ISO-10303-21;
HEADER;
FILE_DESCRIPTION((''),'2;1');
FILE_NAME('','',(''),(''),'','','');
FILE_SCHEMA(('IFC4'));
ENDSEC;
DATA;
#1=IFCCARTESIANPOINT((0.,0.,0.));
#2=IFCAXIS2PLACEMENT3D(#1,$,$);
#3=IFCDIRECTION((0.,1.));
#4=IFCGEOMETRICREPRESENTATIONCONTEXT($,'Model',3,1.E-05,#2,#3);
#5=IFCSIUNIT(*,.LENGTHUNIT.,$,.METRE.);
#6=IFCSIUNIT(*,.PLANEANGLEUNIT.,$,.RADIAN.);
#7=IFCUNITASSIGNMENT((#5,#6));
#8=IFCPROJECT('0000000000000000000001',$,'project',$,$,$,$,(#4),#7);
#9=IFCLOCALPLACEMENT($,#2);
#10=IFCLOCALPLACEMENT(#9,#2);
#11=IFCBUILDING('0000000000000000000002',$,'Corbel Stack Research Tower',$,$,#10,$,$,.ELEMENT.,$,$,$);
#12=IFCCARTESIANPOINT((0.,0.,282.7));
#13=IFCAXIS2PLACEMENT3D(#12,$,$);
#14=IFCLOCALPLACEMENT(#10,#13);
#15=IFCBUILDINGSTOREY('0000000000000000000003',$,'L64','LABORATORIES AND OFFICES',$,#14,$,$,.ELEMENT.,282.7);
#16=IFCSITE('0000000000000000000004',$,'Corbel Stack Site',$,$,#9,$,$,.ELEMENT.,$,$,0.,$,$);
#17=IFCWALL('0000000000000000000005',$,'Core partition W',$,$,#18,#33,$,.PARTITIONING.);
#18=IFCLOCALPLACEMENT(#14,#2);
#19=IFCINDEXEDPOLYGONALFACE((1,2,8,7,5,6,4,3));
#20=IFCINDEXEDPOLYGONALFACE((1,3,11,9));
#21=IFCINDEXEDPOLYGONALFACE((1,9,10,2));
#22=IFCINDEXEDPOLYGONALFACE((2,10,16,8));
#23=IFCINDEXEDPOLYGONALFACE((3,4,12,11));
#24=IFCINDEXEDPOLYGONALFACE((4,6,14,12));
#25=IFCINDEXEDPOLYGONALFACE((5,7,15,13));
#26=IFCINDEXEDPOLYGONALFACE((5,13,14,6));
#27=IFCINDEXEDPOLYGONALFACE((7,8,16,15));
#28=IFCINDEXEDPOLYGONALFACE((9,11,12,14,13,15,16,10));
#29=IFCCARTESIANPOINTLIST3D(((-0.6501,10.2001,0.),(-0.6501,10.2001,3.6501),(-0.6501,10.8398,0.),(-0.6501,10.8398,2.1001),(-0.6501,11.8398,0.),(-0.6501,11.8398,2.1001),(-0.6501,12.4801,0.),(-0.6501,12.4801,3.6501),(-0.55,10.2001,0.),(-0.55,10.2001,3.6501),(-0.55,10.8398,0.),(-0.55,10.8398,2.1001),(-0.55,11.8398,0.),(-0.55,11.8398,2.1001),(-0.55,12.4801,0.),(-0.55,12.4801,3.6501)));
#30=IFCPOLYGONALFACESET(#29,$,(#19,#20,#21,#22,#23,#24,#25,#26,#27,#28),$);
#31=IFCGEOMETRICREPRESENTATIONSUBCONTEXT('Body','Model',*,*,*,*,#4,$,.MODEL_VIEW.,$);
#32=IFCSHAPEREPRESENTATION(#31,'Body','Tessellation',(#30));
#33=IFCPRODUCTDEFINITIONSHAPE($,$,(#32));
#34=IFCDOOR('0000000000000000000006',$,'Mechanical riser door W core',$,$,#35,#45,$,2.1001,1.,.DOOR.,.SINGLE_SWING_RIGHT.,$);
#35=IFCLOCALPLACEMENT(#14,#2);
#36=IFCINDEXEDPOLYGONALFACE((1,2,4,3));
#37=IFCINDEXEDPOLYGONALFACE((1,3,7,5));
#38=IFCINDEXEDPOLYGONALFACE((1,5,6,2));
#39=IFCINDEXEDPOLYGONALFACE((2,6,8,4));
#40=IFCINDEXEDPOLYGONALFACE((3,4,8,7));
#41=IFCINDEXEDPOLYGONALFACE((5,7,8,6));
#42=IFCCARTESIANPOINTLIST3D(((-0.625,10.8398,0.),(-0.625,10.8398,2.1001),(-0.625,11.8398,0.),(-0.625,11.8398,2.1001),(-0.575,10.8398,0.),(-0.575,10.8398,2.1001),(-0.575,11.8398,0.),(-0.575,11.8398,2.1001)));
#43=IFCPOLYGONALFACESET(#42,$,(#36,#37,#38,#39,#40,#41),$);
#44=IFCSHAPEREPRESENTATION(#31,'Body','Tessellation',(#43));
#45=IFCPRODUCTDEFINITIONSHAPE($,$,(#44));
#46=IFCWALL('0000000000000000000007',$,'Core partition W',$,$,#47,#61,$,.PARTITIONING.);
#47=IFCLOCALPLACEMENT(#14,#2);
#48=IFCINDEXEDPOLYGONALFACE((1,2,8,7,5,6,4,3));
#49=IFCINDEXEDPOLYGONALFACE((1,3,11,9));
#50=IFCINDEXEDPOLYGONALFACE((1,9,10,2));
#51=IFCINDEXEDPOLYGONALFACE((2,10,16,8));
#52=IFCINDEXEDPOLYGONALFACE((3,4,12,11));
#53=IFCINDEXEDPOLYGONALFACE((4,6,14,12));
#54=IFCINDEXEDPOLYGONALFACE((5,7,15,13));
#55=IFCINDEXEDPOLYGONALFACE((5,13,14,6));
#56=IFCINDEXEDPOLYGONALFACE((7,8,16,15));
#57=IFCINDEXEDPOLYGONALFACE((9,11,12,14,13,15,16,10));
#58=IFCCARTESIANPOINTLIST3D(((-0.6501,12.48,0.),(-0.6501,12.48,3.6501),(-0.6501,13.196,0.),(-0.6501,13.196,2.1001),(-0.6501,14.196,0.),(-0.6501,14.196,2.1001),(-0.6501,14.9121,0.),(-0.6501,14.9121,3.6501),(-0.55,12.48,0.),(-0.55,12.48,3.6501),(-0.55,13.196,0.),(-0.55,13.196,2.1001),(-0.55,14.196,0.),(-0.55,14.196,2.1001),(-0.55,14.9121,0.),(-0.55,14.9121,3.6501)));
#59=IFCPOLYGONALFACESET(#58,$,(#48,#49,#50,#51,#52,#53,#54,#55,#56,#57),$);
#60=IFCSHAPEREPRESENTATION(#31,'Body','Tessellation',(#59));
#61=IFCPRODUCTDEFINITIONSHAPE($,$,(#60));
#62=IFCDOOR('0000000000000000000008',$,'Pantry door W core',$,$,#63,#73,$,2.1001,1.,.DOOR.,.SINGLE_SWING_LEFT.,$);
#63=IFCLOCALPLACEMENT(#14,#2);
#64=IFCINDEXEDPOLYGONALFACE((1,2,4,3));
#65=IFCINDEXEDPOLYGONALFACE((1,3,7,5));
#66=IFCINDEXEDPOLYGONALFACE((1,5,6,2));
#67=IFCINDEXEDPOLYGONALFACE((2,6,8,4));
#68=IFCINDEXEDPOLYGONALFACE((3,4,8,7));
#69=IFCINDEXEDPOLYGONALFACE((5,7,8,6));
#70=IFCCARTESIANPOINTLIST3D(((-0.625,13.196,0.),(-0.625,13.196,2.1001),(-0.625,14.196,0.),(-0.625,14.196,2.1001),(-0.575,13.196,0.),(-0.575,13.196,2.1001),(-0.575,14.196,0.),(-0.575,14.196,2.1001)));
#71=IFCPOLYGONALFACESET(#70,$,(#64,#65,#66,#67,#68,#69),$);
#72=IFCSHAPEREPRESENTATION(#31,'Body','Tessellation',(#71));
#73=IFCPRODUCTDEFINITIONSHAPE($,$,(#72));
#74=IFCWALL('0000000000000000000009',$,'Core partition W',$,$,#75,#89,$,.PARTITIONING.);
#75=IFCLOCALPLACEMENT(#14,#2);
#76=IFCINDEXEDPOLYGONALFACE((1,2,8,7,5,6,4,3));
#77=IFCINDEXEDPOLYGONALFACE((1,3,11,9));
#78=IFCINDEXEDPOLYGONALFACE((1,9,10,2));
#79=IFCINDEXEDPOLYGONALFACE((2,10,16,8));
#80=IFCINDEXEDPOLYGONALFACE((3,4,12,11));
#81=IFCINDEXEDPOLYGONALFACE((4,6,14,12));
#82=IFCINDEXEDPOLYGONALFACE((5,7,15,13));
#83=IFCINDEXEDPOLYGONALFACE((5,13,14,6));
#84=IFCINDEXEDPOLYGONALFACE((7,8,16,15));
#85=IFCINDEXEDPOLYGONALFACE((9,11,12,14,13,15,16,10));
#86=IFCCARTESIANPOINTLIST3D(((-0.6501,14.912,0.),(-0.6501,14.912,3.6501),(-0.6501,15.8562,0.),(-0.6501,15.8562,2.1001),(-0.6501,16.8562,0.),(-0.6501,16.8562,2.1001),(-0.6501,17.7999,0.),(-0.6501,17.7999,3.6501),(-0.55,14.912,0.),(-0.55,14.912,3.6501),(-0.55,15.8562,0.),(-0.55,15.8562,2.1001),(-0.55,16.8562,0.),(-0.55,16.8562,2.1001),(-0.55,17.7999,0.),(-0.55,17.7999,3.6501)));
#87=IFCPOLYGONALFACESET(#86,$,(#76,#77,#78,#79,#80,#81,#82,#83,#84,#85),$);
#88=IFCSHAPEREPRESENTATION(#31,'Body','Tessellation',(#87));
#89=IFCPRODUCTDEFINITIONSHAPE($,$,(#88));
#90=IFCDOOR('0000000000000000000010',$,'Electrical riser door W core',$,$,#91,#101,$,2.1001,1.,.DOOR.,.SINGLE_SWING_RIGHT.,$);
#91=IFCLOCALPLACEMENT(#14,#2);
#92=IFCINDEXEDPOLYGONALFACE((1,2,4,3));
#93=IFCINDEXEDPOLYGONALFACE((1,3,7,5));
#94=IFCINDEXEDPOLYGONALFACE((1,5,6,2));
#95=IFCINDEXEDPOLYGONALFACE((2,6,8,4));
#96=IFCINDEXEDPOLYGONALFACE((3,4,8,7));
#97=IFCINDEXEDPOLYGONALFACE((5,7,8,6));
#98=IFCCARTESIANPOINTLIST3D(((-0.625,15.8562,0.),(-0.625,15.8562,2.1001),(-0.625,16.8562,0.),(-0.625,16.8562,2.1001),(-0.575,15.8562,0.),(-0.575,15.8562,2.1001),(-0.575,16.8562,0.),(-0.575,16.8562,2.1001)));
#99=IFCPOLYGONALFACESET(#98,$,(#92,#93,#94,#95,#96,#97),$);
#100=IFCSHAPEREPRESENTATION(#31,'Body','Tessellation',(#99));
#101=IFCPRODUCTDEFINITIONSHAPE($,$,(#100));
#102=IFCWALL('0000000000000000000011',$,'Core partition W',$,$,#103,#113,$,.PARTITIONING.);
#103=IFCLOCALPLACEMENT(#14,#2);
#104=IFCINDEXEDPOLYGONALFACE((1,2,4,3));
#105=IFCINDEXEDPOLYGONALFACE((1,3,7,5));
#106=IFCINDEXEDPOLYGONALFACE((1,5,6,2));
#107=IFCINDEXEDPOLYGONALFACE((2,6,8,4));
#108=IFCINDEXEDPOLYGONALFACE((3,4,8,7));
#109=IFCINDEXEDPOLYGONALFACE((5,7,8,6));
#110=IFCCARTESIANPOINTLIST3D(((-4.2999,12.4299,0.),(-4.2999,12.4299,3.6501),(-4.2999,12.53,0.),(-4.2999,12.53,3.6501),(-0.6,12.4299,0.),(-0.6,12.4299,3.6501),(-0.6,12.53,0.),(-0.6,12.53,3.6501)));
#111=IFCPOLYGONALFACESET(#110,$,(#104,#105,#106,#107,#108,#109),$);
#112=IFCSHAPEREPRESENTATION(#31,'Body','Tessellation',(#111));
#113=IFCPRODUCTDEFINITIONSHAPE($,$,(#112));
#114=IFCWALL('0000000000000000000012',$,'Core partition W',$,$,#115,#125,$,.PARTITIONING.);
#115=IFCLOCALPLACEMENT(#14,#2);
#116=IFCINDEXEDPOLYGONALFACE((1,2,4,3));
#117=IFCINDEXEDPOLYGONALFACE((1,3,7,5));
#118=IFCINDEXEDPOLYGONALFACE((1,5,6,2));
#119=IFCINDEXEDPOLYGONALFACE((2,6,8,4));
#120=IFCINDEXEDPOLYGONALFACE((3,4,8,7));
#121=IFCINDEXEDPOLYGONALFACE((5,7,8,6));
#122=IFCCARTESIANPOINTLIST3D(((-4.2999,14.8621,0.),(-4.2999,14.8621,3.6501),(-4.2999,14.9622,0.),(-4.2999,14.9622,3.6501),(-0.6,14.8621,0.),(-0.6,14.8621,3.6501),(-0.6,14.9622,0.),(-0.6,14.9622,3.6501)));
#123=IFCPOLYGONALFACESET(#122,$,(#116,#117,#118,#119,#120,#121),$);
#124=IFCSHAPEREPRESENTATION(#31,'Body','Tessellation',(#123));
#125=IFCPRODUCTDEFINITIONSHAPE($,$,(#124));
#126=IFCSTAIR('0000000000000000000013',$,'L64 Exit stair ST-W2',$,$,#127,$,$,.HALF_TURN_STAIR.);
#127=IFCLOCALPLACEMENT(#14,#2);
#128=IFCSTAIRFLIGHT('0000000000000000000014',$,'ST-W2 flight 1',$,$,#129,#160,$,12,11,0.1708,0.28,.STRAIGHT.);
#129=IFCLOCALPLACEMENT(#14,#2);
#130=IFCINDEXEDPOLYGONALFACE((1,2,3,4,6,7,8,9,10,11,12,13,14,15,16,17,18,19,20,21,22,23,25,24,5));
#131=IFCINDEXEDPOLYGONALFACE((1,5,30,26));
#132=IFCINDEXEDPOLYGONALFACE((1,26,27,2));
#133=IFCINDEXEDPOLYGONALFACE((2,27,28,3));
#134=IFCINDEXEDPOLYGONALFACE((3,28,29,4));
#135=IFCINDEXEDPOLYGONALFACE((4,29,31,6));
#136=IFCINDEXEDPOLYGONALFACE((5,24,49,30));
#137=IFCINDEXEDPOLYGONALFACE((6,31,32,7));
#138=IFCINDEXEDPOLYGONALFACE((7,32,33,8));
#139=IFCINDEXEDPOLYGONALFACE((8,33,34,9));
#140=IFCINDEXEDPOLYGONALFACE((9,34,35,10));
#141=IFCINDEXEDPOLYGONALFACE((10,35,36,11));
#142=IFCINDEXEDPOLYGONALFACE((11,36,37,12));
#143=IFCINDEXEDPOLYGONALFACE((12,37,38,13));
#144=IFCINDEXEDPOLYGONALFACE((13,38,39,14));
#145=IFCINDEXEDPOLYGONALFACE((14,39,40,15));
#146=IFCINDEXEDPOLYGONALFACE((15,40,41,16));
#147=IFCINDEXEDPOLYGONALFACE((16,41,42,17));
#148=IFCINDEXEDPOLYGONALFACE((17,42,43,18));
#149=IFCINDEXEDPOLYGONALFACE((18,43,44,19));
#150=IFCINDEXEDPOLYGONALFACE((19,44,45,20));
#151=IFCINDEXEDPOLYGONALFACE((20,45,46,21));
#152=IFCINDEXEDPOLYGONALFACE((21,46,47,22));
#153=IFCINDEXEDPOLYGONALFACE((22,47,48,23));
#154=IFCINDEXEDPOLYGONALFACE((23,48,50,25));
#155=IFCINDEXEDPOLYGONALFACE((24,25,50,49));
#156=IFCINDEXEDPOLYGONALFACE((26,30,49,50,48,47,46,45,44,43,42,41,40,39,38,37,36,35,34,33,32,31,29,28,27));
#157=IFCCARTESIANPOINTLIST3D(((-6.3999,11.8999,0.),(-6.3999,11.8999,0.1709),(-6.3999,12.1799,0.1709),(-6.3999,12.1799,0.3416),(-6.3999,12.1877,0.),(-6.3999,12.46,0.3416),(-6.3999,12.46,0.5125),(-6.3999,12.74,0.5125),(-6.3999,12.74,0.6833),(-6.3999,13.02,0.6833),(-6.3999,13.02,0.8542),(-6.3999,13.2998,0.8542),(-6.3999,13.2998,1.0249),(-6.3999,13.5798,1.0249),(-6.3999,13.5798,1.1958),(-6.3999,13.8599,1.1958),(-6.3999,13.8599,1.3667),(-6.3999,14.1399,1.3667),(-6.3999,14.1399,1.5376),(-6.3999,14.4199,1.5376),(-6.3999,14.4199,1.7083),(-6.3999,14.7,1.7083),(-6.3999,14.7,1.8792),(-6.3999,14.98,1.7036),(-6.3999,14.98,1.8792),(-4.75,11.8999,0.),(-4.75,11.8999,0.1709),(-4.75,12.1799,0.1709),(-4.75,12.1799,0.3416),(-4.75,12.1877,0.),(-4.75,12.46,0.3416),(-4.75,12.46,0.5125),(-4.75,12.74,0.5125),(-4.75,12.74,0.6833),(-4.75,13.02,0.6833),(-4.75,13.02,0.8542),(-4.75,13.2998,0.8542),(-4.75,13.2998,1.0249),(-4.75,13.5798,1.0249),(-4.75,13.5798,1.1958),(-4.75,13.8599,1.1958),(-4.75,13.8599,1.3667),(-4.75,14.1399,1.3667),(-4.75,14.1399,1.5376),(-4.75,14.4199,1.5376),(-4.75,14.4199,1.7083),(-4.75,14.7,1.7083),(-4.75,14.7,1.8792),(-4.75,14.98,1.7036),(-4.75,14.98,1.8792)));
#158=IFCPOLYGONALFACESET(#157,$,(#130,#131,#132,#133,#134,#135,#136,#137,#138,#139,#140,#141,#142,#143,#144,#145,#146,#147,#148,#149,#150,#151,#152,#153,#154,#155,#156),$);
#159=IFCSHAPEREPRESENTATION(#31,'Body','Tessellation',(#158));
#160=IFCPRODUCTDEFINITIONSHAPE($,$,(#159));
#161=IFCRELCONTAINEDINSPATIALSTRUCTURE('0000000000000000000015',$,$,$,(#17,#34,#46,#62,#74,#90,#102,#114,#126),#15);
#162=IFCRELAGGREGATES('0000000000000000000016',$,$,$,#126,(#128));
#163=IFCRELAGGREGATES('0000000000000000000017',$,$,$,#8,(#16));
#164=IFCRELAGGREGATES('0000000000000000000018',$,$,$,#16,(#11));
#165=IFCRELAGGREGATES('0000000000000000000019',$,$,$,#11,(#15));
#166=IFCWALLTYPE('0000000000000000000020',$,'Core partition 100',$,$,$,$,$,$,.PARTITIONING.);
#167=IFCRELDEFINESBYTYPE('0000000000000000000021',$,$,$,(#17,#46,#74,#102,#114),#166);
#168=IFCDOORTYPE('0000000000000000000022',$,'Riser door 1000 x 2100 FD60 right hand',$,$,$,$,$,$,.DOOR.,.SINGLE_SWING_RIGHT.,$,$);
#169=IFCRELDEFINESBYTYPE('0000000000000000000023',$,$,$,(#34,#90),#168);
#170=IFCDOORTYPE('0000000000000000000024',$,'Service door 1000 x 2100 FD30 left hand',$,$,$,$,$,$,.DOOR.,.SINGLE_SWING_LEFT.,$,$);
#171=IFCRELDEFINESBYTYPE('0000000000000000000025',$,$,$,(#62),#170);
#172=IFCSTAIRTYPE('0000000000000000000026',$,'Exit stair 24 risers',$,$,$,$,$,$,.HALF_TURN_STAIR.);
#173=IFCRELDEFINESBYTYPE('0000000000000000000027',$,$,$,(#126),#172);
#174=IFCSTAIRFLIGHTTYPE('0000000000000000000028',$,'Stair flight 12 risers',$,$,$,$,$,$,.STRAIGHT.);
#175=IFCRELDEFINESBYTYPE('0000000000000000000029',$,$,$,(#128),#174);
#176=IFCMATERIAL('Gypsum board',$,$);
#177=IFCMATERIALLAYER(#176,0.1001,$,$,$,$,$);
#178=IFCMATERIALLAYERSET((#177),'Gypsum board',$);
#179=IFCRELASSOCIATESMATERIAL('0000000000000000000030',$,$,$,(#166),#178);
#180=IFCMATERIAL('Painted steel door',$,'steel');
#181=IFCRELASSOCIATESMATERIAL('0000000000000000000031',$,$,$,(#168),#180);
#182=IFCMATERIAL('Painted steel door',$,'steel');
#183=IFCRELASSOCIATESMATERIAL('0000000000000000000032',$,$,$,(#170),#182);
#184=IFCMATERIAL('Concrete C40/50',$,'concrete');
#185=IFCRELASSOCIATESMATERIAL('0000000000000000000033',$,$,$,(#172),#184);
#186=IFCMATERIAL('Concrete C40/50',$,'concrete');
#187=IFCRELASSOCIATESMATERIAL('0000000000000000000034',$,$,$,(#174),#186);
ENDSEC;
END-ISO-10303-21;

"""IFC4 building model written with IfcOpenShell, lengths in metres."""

from ifc_helpers import new_model, si_unit, direction, frame, frame_2d, origin, place, context, subcontext, project, spatial, polyline, rectangle, outline, extrude, material, layer, layer_set, type_object, element, fill, aggregate, save


model = new_model("IFC4")

# Units and contexts
model_context = context("Model", 3, precision=1e-05, world=origin(), true_north=direction((0.0, 1.0)))
body_context = subcontext(model_context, "Body", "Model", "MODEL_VIEW")
ifc_project = project(units=[si_unit("LENGTHUNIT", "METRE"), si_unit("PLANEANGLEUNIT", "RADIAN")], contexts=[model_context])

# Site, building, storey
site_placement = place(None, origin())
site = spatial("IfcSite", under=ifc_project, at=site_placement, Name="Corbel Stack Site", CompositionType="ELEMENT", RefElevation=0.0)
building_placement = place(site_placement, origin())
building = spatial("IfcBuilding", under=site, at=building_placement, Name="Corbel Stack Research Tower", CompositionType="ELEMENT")
storey_placement = place(building_placement, frame((0.0, 0.0, 282.7)))
storey = spatial("IfcBuildingStorey", under=building, at=storey_placement, Name="L64", Description="LABORATORIES AND OFFICES", CompositionType="ELEMENT", Elevation=282.7)

# Walls, openings, doors
ifc_material_1 = material(Name="Gypsum board")
ifc_layer_1 = layer(ifc_material_1, 0.1001)
ifc_layer_set_1 = layer_set([ifc_layer_1], Name="Gypsum board")
wall_type_1 = type_object("IfcWallType", Name="Core partition 100", PredefinedType="PARTITIONING", material=ifc_layer_set_1)
wall_1_placement = place(storey_placement, frame((-0.6001, 10.2, 0.0), z_axis=(0.0, 0.0, 1.0), x_axis=(0.0, 1.0, 0.0)))
wall_1 = element("IfcWall", 1, at=wall_1_placement, inside=storey, type_object=wall_type_1, Name="Core partition W", PredefinedType="PARTITIONING", context=body_context, shape_type="SweptSolid", body=[
    extrude(rectangle(XDim=2.28, YDim=0.1001, at=frame_2d((1.1401, 0.0))), origin(), (0.0, 0.0, 1.0), 3.6501),
])
opening_1_placement = place(wall_1_placement, frame((0.6399, 0.0, 0.0)))
opening_1 = element("IfcOpeningElement", 2, at=opening_1_placement, cuts=wall_1, PredefinedType="OPENING", context=body_context, shape_type="SweptSolid", body=[
    extrude(rectangle(XDim=1.0, YDim=2.1001, at=frame_2d((0.5, 1.05))), frame((0.0, 0.0601, 0.0), z_axis=(0.0, -1.0, 0.0), x_axis=(1.0, 0.0, 0.0)), (0.0, 0.0, 1.0), 0.1201),
])
ifc_material_2 = material(Name="Painted steel door", Category="steel")
door_type_1 = type_object("IfcDoorType", Name="Riser door 1000 x 2100 FD60 right hand", OperationType="SINGLE_SWING_RIGHT", PredefinedType="DOOR", material=ifc_material_2)
door_1_placement = place(opening_1_placement, origin())
door_1 = element("IfcDoor", 3, at=door_1_placement, inside=storey, type_object=door_type_1, Name="Mechanical riser door W core", OperationType="SINGLE_SWING_RIGHT", OverallHeight=2.1001, OverallWidth=1.0, PredefinedType="DOOR", context=body_context, shape_type="SweptSolid", body=[
    extrude(rectangle(XDim=1.0, YDim=2.1001, at=frame_2d((0.5, 1.05))), frame((0.0, 0.0249, 0.0), z_axis=(0.0, -1.0, 0.0), x_axis=(1.0, 0.0, 0.0)), (0.0, 0.0, 1.0), 0.05),
])
fill(opening_1, door_1)
wall_2_placement = place(storey_placement, frame((-0.6001, 12.48, 0.0), z_axis=(0.0, 0.0, 1.0), x_axis=(0.0, 1.0, 0.0)))
wall_2 = element("IfcWall", 4, at=wall_2_placement, inside=storey, type_object=wall_type_1, Name="Core partition W", PredefinedType="PARTITIONING", context=body_context, shape_type="SweptSolid", body=[
    extrude(rectangle(XDim=2.4321, YDim=0.1001, at=frame_2d((1.2161, 0.0))), origin(), (0.0, 0.0, 1.0), 3.6501),
])
opening_2_placement = place(wall_2_placement, frame((0.7161, 0.0, 0.0)))
opening_2 = element("IfcOpeningElement", 5, at=opening_2_placement, cuts=wall_2, PredefinedType="OPENING", context=body_context, shape_type="SweptSolid", body=[
    extrude(rectangle(XDim=1.0, YDim=2.1001, at=frame_2d((0.5, 1.05))), frame((0.0, 0.0601, 0.0), z_axis=(0.0, -1.0, 0.0), x_axis=(1.0, 0.0, 0.0)), (0.0, 0.0, 1.0), 0.1201),
])
ifc_material_3 = material(Name="Painted steel door", Category="steel")
door_type_2 = type_object("IfcDoorType", Name="Service door 1000 x 2100 FD30 left hand", OperationType="SINGLE_SWING_LEFT", PredefinedType="DOOR", material=ifc_material_3)
door_2_placement = place(opening_2_placement, origin())
door_2 = element("IfcDoor", 6, at=door_2_placement, inside=storey, type_object=door_type_2, Name="Pantry door W core", OperationType="SINGLE_SWING_LEFT", OverallHeight=2.1001, OverallWidth=1.0, PredefinedType="DOOR", context=body_context, shape_type="SweptSolid", body=[
    extrude(rectangle(XDim=1.0, YDim=2.1001, at=frame_2d((0.5, 1.05))), frame((0.0, 0.0249, 0.0), z_axis=(0.0, -1.0, 0.0), x_axis=(1.0, 0.0, 0.0)), (0.0, 0.0, 1.0), 0.05),
])
fill(opening_2, door_2)
wall_3_placement = place(storey_placement, frame((-0.6001, 14.9121, 0.0), z_axis=(0.0, 0.0, 1.0), x_axis=(0.0, 1.0, 0.0)))
wall_3 = element("IfcWall", 7, at=wall_3_placement, inside=storey, type_object=wall_type_1, Name="Core partition W", PredefinedType="PARTITIONING", context=body_context, shape_type="SweptSolid", body=[
    extrude(rectangle(XDim=2.8879, YDim=0.1001, at=frame_2d((1.4438, 0.0))), origin(), (0.0, 0.0, 1.0), 3.6501),
])
opening_3_placement = place(wall_3_placement, frame((0.9441, 0.0, 0.0)))
opening_3 = element("IfcOpeningElement", 8, at=opening_3_placement, cuts=wall_3, PredefinedType="OPENING", context=body_context, shape_type="SweptSolid", body=[
    extrude(rectangle(XDim=1.0, YDim=2.1001, at=frame_2d((0.5, 1.05))), frame((0.0, 0.0601, 0.0), z_axis=(0.0, -1.0, 0.0), x_axis=(1.0, 0.0, 0.0)), (0.0, 0.0, 1.0), 0.1201),
])
door_3_placement = place(opening_3_placement, origin())
door_3 = element("IfcDoor", 9, at=door_3_placement, inside=storey, type_object=door_type_1, Name="Electrical riser door W core", OperationType="SINGLE_SWING_RIGHT", OverallHeight=2.1001, OverallWidth=1.0, PredefinedType="DOOR", context=body_context, shape_type="SweptSolid", body=[
    extrude(rectangle(XDim=1.0, YDim=2.1001, at=frame_2d((0.5, 1.05))), frame((0.0, 0.0249, 0.0), z_axis=(0.0, -1.0, 0.0), x_axis=(1.0, 0.0, 0.0)), (0.0, 0.0, 1.0), 0.05),
])
fill(opening_3, door_3)

# Walls
for number, where, z_axis, x_axis, name in (
    (10, (-4.3, 12.48, 0.0), (0.0, 0.0, 1.0), (1.0, 0.0, 0.0), "Core partition W"),
    (11, (-4.3, 14.9121, 0.0), (0.0, 0.0, 1.0), (1.0, 0.0, 0.0), "Core partition W"),
):
    element("IfcWall", number, at=place(storey_placement, frame(where, z_axis=z_axis, x_axis=x_axis)), inside=storey, type_object=wall_type_1, Name=name, PredefinedType="PARTITIONING", context=body_context, shape_type="SweptSolid", body=[
        extrude(rectangle(XDim=3.7, YDim=0.1001, at=frame_2d((1.8501, 0.0))), origin(), (0.0, 0.0, 1.0), 3.6501),
    ])

# Stair, stair flight
ifc_material_4 = material(Name="Concrete C40/50", Category="concrete")
stair_type = type_object("IfcStairType", Name="Exit stair 24 risers", PredefinedType="HALF_TURN_STAIR", material=ifc_material_4)
stair_placement = place(storey_placement, origin())
stair = element("IfcStair", 12, at=stair_placement, inside=storey, type_object=stair_type, Name="L64 Exit stair ST-W2", PredefinedType="HALF_TURN_STAIR")
ifc_material_5 = material(Name="Concrete C40/50", Category="concrete")
stair_flight_type = type_object("IfcStairFlightType", Name="Stair flight 12 risers", PredefinedType="STRAIGHT", material=ifc_material_5)
stair_flight_1_placement = place(storey_placement, frame((-5.575, 11.8999, 0.0), z_axis=(0.0, 0.0, 1.0), x_axis=(0.0, 1.0, 0.0)))
stair_flight_1 = element("IfcStairFlight", 13, at=stair_flight_1_placement, type_object=stair_flight_type, Name="ST-W2 flight 1", NumberOfRisers=12, NumberOfTreads=11, PredefinedType="STRAIGHT", RiserHeight=0.1708, TreadLength=0.28, context=body_context, shape_type="SweptSolid", body=[
    extrude(outline(polyline([(0.0, 0.0), (0.0, 0.1709), (0.28, 0.1709), (0.28, 0.3416), (0.5601, 0.3416), (0.5601, 0.5125), (0.8401, 0.5125), (0.8401, 0.6833), (1.1201, 0.6833), (1.1201, 0.8542), (1.3999, 0.8542), (1.3999, 1.0249), (1.6799, 1.0249), (1.6799, 1.1958), (1.96, 1.1958), (1.96, 1.3667), (2.24, 1.3667), (2.24, 1.5376), (2.52, 1.5376), (2.52, 1.7083), (2.8, 1.7083), (2.8, 1.8792), (3.0801, 1.8792), (3.0801, 2.05), (3.0801, 1.7036), (0.2878, 0.0), (0.0, 0.0)])), frame((0.0, 0.825, 0.0), z_axis=(0.0, -1.0, 0.0), x_axis=(1.0, 0.0, 0.0)), (0.0, 0.0, 1.0), 1.6499),
])
aggregate(stair, [stair_flight_1])

save(model, "model.ifc")
